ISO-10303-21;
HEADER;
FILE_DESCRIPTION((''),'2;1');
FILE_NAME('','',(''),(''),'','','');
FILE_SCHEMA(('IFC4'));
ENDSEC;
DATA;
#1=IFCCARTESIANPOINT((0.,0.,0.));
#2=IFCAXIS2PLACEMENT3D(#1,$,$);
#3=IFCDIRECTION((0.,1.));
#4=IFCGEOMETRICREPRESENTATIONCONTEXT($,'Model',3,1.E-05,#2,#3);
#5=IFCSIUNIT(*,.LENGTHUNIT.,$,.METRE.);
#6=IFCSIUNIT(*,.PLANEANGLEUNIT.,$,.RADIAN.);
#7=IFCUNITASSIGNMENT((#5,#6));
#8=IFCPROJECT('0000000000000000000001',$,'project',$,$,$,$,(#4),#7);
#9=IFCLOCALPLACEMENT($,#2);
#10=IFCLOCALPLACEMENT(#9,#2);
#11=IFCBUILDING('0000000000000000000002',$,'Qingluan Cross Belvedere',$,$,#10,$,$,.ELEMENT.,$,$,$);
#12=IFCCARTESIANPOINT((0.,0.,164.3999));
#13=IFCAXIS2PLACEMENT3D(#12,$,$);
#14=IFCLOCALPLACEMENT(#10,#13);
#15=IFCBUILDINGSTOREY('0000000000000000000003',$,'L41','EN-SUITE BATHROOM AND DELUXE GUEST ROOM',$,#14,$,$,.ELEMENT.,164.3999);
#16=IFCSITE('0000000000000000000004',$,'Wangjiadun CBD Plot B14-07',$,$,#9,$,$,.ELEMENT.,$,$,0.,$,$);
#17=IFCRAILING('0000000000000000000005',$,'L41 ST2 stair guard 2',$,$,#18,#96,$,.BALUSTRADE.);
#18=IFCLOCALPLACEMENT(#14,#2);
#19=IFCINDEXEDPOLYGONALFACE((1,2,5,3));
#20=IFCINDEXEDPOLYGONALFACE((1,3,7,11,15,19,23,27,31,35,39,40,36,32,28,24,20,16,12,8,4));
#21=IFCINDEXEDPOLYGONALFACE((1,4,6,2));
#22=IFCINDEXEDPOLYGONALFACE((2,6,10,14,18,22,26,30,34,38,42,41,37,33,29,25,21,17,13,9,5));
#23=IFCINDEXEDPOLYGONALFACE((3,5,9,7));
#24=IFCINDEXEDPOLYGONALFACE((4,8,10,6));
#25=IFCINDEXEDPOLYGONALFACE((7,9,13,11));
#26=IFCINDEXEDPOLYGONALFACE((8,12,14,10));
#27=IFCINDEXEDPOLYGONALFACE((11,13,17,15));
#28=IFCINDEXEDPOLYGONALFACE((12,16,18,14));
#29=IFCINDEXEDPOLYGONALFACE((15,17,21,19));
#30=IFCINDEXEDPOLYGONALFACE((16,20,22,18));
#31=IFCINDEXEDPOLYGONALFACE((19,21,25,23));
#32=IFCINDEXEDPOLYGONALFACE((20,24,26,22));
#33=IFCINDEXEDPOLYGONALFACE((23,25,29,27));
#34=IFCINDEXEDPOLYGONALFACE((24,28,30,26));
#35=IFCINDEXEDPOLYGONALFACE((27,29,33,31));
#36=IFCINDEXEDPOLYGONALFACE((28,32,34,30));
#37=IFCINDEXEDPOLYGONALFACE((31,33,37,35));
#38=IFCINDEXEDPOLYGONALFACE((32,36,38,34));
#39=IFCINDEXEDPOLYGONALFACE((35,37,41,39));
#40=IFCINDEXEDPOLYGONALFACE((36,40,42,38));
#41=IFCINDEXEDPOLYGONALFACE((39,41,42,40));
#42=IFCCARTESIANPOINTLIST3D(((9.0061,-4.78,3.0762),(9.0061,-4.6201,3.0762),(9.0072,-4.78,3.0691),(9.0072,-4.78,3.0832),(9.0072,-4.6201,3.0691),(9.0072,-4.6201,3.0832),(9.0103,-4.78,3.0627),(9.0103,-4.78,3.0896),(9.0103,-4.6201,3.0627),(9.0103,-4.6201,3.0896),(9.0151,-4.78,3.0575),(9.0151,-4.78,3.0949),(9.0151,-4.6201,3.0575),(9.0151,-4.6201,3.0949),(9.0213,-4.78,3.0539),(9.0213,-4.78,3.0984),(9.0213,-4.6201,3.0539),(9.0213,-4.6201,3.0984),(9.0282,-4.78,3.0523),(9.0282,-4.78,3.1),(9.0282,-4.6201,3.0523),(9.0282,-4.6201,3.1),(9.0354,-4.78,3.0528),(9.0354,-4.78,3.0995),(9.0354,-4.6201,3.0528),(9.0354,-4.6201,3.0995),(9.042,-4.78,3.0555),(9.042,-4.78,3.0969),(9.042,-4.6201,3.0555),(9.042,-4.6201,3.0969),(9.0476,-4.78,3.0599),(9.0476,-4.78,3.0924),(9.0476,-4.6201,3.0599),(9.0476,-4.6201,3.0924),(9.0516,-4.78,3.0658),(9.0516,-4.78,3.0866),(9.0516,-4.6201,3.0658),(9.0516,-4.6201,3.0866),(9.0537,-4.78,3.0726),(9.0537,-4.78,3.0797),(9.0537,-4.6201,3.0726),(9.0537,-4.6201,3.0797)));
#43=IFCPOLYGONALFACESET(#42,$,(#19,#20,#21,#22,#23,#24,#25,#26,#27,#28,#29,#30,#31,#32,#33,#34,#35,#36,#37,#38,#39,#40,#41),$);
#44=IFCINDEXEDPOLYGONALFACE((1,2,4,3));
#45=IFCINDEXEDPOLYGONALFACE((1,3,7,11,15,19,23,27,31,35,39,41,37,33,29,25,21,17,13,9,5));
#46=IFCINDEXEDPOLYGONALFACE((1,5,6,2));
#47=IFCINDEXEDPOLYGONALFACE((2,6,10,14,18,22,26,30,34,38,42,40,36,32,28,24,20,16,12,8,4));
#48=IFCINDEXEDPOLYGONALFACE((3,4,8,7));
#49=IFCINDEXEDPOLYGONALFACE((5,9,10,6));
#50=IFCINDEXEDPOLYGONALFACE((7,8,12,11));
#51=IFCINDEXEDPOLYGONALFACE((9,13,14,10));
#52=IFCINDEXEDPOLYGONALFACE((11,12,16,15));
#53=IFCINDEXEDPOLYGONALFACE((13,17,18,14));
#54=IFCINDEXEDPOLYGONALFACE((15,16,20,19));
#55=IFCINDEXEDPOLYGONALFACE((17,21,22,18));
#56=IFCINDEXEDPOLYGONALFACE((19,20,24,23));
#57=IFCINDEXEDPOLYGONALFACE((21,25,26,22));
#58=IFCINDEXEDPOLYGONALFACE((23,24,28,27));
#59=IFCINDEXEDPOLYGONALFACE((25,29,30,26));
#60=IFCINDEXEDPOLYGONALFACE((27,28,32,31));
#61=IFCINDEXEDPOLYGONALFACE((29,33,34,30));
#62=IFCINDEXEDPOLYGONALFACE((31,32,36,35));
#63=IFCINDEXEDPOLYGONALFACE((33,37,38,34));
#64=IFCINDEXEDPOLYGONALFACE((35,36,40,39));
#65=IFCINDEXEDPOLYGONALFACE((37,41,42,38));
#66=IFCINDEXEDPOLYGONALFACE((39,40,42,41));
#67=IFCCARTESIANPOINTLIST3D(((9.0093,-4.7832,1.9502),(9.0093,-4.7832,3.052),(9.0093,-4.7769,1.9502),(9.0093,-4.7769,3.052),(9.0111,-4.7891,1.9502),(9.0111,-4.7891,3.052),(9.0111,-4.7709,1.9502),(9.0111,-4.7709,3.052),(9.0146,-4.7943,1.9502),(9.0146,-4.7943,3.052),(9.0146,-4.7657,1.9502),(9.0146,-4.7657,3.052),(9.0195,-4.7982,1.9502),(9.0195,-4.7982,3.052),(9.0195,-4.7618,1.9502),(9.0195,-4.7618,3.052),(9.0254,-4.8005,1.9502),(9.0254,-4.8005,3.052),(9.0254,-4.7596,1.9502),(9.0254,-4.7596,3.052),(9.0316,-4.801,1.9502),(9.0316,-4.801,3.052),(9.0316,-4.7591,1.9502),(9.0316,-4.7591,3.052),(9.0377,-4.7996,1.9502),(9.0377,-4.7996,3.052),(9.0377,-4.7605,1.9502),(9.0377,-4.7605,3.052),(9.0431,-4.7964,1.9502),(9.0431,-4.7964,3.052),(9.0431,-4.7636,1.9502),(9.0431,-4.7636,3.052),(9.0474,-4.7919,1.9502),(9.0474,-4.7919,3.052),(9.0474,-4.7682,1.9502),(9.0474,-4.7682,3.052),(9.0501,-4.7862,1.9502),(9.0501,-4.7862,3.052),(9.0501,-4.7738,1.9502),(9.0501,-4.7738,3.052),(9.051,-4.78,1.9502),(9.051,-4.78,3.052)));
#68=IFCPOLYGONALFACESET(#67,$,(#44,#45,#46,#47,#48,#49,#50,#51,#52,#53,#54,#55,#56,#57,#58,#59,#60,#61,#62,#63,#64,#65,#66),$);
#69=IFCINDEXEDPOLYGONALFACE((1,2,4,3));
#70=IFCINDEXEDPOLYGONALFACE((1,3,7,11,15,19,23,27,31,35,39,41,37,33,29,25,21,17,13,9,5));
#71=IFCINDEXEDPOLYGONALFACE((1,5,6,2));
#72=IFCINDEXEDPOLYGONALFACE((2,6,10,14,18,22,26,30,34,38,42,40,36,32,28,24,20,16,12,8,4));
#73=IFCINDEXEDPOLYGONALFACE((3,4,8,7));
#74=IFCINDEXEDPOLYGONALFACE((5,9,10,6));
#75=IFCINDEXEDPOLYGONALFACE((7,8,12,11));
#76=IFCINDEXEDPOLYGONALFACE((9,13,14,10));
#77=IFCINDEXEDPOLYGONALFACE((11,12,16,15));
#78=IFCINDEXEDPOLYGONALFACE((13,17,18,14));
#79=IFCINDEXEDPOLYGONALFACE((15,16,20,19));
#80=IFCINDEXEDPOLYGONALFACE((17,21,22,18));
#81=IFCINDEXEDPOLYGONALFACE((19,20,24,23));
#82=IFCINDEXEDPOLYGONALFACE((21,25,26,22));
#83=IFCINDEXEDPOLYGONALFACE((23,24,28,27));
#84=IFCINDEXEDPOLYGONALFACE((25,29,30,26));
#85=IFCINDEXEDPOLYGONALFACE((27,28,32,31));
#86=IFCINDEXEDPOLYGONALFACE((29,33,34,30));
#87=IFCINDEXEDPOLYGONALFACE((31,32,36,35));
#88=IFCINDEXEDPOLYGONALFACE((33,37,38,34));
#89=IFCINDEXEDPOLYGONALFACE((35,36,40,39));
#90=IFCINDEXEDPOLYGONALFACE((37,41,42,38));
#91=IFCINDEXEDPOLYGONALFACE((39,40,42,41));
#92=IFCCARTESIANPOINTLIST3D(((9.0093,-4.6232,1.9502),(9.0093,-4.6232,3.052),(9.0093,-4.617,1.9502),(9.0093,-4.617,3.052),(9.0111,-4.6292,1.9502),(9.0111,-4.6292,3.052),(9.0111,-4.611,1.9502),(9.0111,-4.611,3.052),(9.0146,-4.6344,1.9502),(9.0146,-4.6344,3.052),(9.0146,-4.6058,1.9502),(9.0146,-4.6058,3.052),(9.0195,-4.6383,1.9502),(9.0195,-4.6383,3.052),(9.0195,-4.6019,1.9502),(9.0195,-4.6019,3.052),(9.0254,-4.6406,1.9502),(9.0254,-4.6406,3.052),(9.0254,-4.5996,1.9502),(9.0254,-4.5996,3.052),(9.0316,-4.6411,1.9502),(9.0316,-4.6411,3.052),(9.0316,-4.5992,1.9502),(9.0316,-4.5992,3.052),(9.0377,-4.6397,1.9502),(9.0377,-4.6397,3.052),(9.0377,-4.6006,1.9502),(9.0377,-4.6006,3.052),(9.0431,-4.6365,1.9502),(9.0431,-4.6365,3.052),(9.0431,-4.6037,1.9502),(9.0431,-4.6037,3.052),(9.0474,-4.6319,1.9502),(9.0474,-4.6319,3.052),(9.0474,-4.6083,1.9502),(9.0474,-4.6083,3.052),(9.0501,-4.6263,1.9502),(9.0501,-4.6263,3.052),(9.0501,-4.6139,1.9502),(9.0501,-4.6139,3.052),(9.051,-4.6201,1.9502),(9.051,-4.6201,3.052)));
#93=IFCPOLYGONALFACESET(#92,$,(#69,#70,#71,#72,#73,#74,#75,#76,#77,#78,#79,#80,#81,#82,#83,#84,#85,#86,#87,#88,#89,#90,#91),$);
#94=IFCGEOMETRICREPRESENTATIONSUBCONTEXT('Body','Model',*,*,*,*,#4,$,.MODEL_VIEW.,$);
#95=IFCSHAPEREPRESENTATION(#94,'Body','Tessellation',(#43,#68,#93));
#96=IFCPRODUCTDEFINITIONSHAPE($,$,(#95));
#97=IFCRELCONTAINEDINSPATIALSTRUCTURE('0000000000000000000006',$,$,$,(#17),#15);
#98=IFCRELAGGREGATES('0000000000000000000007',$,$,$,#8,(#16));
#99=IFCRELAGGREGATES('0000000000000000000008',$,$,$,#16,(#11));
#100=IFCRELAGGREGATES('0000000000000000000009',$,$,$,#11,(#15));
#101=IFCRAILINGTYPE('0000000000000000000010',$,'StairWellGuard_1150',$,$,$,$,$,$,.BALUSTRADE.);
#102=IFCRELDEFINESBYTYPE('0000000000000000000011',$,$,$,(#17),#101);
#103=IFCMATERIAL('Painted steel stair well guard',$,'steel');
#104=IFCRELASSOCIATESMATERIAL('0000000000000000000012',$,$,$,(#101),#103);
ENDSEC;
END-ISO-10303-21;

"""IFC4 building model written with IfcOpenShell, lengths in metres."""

from ifc_helpers import new_model, si_unit, direction, frame, origin, origin_2d, place, context, subcontext, project, spatial, circle, extrude, material, type_object, element, save


model = new_model("IFC4")

# Units and contexts
model_context = context("Model", 3, precision=1e-05, world=origin(), true_north=direction((0.0, 1.0)))
body_context = subcontext(model_context, "Body", "Model", "MODEL_VIEW")
ifc_project = project(units=[si_unit("LENGTHUNIT", "METRE"), si_unit("PLANEANGLEUNIT", "RADIAN")], contexts=[model_context])

# Site, building, storey
site_placement = place(None, origin())
site = spatial("IfcSite", under=ifc_project, at=site_placement, Name="Wangjiadun CBD Plot B14-07", CompositionType="ELEMENT", RefElevation=0.0)
building_placement = place(site_placement, origin())
building = spatial("IfcBuilding", under=site, at=building_placement, Name="Qingluan Cross Belvedere", CompositionType="ELEMENT")
storey_placement = place(building_placement, frame((0.0, 0.0, 164.3999)))
storey = spatial("IfcBuildingStorey", under=building, at=storey_placement, Name="L41", Description="EN-SUITE BATHROOM AND DELUXE GUEST ROOM", CompositionType="ELEMENT", Elevation=164.3999)

# Railing
ifc_material_1 = material(Name="Painted steel stair well guard", Category="steel")
railing_type_1 = type_object("IfcRailingType", Name="StairWellGuard_1150", PredefinedType="BALUSTRADE", material=ifc_material_1)
railing_1_placement = place(storey_placement, frame((9.03, -4.78, 1.9502)))
element("IfcRailing", 1, at=railing_1_placement, inside=storey, type_object=railing_type_1, Name="L41 ST2 stair guard 2", PredefinedType="BALUSTRADE", context=body_context, shape_type="SweptSolid", body=[
    extrude(circle(Radius=0.0239, at=origin_2d()), frame((0.0, 0.0, 1.126), z_axis=(0.0, 1.0, 0.0), x_axis=(-1.0, 0.0, 0.0)), (0.0, 0.0, 1.0), 0.1599),
    extrude(circle(Radius=0.021, at=origin_2d()), origin(), (0.0, 0.0, 1.0), 1.1018),
    extrude(circle(Radius=0.021, at=origin_2d()), frame((0.0, 0.1599, 0.0)), (0.0, 0.0, 1.0), 1.1018),
])

save(model, "model.ifc")
